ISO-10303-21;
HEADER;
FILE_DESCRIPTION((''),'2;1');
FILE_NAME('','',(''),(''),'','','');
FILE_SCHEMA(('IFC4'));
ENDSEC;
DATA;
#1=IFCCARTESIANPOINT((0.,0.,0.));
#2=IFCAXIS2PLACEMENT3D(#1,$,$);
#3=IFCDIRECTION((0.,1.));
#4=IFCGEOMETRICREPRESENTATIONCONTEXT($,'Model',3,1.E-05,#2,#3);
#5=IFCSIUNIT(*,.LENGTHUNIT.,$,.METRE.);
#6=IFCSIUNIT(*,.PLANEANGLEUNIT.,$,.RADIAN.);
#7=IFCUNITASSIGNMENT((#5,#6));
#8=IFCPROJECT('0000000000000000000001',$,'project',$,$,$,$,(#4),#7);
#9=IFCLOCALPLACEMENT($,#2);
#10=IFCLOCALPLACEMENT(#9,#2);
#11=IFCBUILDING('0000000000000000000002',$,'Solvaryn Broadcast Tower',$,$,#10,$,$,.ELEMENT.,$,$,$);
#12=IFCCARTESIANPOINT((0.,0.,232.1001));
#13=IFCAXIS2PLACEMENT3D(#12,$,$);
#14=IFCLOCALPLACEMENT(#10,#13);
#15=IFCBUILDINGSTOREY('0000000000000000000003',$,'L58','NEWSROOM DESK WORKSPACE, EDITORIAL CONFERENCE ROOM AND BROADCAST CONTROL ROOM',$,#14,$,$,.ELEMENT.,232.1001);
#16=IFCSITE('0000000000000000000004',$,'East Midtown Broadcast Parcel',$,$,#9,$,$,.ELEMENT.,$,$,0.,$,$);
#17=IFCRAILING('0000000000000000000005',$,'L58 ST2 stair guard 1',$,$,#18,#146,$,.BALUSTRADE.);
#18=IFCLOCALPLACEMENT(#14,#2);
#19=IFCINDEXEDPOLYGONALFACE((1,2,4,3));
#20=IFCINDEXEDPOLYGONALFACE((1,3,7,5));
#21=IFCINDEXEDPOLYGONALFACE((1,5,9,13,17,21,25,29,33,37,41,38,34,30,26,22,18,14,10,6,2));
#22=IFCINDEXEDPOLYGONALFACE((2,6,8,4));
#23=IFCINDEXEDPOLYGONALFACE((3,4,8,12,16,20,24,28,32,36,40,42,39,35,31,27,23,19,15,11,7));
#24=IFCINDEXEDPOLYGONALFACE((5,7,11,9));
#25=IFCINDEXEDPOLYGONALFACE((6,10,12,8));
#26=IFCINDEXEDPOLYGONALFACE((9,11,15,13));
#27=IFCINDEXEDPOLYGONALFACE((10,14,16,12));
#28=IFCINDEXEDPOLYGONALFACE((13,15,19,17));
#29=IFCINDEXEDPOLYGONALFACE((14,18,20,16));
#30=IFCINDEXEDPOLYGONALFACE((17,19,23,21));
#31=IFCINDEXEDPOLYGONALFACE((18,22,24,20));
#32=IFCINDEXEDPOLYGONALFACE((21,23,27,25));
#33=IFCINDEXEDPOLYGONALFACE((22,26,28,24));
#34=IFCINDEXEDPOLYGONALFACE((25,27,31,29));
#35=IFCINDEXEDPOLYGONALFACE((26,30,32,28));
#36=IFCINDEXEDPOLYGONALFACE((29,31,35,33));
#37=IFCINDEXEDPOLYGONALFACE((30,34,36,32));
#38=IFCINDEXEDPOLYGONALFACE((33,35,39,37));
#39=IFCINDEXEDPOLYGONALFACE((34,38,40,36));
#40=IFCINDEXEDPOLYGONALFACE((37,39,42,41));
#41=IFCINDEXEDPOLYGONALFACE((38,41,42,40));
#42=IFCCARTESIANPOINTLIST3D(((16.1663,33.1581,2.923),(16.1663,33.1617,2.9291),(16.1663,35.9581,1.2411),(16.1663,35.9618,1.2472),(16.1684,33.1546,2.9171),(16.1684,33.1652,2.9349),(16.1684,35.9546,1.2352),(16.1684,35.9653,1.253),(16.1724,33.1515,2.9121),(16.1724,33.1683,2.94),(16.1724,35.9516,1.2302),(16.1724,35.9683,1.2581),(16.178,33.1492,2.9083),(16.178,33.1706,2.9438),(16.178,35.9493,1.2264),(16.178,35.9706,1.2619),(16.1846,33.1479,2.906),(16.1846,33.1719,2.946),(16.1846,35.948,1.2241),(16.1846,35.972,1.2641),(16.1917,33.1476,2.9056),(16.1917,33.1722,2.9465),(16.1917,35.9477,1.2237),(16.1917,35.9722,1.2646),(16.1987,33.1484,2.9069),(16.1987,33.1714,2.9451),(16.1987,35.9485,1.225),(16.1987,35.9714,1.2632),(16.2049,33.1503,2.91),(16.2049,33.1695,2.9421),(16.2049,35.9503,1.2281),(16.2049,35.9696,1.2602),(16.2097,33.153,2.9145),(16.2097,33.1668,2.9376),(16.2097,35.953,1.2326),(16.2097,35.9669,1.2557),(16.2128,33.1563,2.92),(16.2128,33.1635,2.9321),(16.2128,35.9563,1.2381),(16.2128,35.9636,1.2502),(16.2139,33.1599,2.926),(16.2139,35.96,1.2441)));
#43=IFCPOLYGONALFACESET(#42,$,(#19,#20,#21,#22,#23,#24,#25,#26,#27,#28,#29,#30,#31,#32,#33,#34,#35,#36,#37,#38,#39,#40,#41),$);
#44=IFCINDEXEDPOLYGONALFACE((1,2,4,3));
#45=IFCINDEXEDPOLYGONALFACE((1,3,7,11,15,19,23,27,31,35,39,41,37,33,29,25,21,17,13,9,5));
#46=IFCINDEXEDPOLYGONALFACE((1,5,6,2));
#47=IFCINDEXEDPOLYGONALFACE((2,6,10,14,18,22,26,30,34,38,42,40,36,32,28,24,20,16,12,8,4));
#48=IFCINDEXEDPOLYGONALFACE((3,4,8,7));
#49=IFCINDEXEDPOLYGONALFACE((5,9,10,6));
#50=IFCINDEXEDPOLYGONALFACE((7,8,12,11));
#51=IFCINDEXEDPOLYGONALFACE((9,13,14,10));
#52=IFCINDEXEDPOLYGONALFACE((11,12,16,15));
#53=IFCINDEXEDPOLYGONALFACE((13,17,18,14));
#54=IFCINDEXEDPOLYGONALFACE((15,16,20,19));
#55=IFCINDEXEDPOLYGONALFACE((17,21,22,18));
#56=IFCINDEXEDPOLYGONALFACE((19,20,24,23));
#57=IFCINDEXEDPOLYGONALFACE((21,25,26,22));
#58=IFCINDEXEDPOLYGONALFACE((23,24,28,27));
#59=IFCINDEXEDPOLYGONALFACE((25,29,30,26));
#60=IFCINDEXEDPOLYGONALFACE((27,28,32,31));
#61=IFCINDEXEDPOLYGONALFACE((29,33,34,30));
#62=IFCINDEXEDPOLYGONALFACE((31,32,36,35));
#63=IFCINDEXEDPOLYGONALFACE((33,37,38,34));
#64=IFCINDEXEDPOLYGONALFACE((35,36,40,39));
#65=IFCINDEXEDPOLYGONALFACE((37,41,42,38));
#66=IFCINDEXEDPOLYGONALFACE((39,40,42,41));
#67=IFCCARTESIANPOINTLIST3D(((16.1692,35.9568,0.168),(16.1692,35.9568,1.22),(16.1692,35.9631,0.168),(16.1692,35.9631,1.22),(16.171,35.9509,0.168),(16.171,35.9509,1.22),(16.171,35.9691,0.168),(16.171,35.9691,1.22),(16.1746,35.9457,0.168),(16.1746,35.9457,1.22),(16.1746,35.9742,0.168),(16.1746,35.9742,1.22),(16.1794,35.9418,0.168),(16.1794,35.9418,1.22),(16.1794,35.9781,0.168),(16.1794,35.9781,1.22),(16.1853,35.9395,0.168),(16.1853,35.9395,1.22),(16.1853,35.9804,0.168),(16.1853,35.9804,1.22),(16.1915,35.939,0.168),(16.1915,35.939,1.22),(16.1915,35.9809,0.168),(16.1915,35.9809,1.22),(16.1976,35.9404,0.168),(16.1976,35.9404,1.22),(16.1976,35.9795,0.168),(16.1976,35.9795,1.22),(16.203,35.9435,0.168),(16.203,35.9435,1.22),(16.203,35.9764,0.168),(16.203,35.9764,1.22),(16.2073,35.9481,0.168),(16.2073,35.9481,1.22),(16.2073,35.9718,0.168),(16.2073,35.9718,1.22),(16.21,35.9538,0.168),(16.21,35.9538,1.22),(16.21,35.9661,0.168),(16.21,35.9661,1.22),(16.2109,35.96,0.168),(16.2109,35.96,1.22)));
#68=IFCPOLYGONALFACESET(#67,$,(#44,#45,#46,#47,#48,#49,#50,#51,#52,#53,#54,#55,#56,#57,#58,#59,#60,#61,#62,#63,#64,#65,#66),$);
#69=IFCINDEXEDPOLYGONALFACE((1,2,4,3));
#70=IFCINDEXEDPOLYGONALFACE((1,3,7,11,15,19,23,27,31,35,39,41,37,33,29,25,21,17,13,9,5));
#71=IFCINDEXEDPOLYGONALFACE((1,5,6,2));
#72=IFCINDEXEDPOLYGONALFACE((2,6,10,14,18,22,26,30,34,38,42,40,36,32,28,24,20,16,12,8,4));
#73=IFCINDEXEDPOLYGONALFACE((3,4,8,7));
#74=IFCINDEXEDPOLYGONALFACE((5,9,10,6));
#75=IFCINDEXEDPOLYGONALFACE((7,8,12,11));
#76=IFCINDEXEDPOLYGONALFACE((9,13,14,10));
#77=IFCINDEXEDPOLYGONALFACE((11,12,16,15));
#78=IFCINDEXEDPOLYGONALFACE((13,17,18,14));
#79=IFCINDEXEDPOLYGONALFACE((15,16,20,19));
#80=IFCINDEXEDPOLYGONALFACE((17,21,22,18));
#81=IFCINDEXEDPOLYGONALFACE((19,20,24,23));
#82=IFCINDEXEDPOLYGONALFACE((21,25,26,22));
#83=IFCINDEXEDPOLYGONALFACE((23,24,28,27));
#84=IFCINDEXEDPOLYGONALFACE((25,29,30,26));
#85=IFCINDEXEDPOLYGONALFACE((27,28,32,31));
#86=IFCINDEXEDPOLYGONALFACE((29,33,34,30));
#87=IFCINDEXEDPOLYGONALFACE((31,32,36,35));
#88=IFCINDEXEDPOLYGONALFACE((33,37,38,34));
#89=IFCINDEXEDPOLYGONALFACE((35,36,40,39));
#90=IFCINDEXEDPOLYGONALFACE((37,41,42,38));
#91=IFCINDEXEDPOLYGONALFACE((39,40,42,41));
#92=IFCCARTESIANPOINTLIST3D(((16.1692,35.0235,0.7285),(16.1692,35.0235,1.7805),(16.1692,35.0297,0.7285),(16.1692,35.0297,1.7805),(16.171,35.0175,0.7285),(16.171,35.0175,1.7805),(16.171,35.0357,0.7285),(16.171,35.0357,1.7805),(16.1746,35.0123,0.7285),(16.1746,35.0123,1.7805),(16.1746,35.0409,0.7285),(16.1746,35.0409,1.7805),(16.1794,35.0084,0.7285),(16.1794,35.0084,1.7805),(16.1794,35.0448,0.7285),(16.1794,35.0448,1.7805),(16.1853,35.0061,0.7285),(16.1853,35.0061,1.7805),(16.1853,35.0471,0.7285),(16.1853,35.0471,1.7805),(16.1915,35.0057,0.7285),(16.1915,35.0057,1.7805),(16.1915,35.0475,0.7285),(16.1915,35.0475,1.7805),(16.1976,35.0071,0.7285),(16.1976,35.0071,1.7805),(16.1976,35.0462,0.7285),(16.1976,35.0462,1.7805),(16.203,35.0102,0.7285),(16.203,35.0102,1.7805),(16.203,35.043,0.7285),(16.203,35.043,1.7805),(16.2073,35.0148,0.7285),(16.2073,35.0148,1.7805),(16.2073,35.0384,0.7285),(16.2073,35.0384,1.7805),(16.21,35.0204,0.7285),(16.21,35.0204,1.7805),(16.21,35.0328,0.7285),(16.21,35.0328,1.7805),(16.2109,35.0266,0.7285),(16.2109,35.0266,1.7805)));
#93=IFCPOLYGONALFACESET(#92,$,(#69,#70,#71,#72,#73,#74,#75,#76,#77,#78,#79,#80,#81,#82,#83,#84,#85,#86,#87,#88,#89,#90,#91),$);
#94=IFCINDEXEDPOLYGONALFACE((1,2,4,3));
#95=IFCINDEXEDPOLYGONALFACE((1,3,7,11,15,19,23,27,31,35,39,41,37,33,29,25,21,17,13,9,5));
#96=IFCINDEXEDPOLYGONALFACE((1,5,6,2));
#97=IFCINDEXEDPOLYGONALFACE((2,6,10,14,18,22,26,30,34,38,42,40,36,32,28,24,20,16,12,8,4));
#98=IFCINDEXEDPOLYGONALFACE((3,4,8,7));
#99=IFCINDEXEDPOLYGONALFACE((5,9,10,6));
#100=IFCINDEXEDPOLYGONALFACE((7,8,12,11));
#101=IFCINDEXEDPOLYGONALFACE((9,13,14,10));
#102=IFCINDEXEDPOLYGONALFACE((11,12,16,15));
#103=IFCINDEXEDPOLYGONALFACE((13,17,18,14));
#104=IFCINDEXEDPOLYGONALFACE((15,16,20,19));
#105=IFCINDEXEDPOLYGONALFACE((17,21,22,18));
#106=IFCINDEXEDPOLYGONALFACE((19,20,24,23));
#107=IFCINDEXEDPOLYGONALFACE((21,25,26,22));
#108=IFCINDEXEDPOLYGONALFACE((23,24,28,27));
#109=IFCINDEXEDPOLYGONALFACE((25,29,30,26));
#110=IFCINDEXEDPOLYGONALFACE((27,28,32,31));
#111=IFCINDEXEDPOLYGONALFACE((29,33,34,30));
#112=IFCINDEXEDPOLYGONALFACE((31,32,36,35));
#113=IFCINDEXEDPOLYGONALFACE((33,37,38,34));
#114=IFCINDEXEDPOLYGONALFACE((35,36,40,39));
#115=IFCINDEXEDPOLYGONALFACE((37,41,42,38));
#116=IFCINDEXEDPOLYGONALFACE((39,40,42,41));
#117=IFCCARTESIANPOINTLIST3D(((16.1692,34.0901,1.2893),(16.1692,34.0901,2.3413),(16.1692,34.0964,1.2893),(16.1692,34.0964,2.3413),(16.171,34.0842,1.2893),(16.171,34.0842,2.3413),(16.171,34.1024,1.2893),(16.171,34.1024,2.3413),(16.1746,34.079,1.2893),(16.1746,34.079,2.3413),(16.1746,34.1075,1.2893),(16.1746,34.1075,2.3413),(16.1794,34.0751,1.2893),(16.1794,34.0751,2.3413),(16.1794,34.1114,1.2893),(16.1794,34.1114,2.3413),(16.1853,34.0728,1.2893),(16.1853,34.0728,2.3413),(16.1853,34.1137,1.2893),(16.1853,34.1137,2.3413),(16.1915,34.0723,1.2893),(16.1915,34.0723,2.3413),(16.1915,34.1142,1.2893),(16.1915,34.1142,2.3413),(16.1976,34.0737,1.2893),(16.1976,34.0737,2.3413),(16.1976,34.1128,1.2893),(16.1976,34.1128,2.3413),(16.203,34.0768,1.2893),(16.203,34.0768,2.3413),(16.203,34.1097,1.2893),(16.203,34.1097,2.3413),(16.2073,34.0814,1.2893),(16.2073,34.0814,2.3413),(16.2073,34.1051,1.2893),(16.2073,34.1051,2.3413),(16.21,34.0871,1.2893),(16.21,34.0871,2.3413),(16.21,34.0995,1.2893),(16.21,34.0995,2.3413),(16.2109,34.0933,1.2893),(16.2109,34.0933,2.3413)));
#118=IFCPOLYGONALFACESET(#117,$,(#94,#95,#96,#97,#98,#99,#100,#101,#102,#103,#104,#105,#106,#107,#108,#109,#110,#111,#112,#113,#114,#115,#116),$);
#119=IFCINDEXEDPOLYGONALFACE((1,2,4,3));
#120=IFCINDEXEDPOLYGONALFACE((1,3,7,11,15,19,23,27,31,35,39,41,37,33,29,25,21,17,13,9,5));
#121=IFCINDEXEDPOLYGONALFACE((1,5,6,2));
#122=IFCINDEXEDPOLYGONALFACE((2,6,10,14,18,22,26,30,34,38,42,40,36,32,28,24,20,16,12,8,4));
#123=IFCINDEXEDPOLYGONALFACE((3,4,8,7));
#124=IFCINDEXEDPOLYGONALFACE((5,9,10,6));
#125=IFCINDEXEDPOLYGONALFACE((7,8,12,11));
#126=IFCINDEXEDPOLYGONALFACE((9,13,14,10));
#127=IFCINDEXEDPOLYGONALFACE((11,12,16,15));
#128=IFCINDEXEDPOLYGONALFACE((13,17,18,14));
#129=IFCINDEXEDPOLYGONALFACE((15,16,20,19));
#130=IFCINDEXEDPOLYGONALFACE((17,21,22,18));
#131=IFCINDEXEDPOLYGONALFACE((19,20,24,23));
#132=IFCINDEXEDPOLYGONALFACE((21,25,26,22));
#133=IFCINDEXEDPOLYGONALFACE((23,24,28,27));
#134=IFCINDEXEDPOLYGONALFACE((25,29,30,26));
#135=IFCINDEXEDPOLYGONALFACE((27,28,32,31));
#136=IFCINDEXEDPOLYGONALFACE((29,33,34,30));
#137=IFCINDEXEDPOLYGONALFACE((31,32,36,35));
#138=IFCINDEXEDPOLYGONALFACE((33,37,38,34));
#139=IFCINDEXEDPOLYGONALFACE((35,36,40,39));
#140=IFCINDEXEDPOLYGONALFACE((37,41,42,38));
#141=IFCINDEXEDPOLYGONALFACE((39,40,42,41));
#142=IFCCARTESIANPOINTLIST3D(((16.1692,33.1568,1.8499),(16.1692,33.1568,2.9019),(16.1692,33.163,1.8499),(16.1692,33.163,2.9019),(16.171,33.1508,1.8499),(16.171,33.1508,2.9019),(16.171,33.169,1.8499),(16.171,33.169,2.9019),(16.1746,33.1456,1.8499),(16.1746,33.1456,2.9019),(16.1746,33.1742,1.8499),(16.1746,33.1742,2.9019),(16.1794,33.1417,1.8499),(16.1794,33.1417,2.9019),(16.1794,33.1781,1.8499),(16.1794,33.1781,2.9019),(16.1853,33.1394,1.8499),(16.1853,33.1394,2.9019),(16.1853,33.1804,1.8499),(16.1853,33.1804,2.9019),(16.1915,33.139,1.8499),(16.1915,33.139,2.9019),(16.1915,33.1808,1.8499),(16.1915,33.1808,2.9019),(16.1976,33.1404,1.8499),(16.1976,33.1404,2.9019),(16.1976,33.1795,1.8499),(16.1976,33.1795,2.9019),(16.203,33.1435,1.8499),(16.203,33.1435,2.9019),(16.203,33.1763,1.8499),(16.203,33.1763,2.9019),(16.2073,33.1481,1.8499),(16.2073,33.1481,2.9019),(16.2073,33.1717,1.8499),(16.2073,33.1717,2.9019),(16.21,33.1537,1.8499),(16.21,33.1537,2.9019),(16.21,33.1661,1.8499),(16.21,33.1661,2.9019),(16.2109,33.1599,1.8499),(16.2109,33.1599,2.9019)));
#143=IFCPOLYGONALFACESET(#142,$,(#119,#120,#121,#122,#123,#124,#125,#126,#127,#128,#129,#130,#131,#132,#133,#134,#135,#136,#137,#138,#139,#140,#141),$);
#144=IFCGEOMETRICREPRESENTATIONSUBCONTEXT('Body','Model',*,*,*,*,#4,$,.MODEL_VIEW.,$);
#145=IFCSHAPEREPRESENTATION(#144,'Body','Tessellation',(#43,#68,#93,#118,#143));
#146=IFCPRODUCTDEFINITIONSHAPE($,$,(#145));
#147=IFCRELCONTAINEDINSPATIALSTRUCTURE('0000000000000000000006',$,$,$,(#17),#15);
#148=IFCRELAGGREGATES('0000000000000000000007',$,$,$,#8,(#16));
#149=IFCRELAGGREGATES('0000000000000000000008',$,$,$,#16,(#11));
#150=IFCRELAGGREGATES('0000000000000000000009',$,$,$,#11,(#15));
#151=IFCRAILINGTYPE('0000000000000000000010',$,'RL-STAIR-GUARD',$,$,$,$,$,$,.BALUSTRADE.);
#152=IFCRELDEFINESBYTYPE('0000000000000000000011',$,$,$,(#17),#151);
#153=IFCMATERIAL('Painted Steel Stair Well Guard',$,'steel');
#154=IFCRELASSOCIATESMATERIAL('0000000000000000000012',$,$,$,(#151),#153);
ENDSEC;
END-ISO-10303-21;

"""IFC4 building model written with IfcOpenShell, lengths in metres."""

from ifc_helpers import new_model, si_unit, direction, frame, origin, origin_2d, place, context, subcontext, project, spatial, circle, extrude, material, type_object, element, save


model = new_model("IFC4")

# Units and contexts
model_context = context("Model", 3, precision=1e-05, world=origin(), true_north=direction((0.0, 1.0)))
body_context = subcontext(model_context, "Body", "Model", "MODEL_VIEW")
ifc_project = project(units=[si_unit("LENGTHUNIT", "METRE"), si_unit("PLANEANGLEUNIT", "RADIAN")], contexts=[model_context])

# Site, building, storey
site_placement = place(None, origin())
site = spatial("IfcSite", under=ifc_project, at=site_placement, Name="East Midtown Broadcast Parcel", CompositionType="ELEMENT", RefElevation=0.0)
building_placement = place(site_placement, origin())
building = spatial("IfcBuilding", under=site, at=building_placement, Name="Solvaryn Broadcast Tower", CompositionType="ELEMENT")
storey_placement = place(building_placement, frame((0.0, 0.0, 232.1001)))
storey = spatial("IfcBuildingStorey", under=building, at=storey_placement, Name="L58", Description="NEWSROOM DESK WORKSPACE, EDITORIAL CONFERENCE ROOM AND BROADCAST CONTROL ROOM", CompositionType="ELEMENT", Elevation=232.1001)

# Railing
ifc_material_1 = material(Name="Painted Steel Stair Well Guard", Category="steel")
railing_type_1 = type_object("IfcRailingType", Name="RL-STAIR-GUARD", PredefinedType="BALUSTRADE", material=ifc_material_1)
railing_1_placement = place(storey_placement, frame((16.1899, 35.96, 0.168)))
element("IfcRailing", 1, at=railing_1_placement, inside=storey, type_object=railing_type_1, Name="L58 ST2 stair guard 1", PredefinedType="BALUSTRADE", context=body_context, shape_type="SweptSolid", body=[
    extrude(circle(Radius=0.0239, at=origin_2d()), frame((0.0, 0.0, 1.0762), z_axis=(0.0, -0.857242, 0.514913), x_axis=(1.0, 0.0, 0.0)), (0.0, 0.0, 1.0), 3.2664),
    extrude(circle(Radius=0.021, at=origin_2d()), origin(), (0.0, 0.0, 1.0), 1.052),
    extrude(circle(Radius=0.021, at=origin_2d()), frame((0.0, -0.9333, 0.5605)), (0.0, 0.0, 1.0), 1.052),
    extrude(circle(Radius=0.021, at=origin_2d()), frame((0.0, -1.8667, 1.1213)), (0.0, 0.0, 1.0), 1.052),
    extrude(circle(Radius=0.021, at=origin_2d()), frame((0.0, -2.8, 1.6819)), (0.0, 0.0, 1.0), 1.052),
])

save(model, "model.ifc")
